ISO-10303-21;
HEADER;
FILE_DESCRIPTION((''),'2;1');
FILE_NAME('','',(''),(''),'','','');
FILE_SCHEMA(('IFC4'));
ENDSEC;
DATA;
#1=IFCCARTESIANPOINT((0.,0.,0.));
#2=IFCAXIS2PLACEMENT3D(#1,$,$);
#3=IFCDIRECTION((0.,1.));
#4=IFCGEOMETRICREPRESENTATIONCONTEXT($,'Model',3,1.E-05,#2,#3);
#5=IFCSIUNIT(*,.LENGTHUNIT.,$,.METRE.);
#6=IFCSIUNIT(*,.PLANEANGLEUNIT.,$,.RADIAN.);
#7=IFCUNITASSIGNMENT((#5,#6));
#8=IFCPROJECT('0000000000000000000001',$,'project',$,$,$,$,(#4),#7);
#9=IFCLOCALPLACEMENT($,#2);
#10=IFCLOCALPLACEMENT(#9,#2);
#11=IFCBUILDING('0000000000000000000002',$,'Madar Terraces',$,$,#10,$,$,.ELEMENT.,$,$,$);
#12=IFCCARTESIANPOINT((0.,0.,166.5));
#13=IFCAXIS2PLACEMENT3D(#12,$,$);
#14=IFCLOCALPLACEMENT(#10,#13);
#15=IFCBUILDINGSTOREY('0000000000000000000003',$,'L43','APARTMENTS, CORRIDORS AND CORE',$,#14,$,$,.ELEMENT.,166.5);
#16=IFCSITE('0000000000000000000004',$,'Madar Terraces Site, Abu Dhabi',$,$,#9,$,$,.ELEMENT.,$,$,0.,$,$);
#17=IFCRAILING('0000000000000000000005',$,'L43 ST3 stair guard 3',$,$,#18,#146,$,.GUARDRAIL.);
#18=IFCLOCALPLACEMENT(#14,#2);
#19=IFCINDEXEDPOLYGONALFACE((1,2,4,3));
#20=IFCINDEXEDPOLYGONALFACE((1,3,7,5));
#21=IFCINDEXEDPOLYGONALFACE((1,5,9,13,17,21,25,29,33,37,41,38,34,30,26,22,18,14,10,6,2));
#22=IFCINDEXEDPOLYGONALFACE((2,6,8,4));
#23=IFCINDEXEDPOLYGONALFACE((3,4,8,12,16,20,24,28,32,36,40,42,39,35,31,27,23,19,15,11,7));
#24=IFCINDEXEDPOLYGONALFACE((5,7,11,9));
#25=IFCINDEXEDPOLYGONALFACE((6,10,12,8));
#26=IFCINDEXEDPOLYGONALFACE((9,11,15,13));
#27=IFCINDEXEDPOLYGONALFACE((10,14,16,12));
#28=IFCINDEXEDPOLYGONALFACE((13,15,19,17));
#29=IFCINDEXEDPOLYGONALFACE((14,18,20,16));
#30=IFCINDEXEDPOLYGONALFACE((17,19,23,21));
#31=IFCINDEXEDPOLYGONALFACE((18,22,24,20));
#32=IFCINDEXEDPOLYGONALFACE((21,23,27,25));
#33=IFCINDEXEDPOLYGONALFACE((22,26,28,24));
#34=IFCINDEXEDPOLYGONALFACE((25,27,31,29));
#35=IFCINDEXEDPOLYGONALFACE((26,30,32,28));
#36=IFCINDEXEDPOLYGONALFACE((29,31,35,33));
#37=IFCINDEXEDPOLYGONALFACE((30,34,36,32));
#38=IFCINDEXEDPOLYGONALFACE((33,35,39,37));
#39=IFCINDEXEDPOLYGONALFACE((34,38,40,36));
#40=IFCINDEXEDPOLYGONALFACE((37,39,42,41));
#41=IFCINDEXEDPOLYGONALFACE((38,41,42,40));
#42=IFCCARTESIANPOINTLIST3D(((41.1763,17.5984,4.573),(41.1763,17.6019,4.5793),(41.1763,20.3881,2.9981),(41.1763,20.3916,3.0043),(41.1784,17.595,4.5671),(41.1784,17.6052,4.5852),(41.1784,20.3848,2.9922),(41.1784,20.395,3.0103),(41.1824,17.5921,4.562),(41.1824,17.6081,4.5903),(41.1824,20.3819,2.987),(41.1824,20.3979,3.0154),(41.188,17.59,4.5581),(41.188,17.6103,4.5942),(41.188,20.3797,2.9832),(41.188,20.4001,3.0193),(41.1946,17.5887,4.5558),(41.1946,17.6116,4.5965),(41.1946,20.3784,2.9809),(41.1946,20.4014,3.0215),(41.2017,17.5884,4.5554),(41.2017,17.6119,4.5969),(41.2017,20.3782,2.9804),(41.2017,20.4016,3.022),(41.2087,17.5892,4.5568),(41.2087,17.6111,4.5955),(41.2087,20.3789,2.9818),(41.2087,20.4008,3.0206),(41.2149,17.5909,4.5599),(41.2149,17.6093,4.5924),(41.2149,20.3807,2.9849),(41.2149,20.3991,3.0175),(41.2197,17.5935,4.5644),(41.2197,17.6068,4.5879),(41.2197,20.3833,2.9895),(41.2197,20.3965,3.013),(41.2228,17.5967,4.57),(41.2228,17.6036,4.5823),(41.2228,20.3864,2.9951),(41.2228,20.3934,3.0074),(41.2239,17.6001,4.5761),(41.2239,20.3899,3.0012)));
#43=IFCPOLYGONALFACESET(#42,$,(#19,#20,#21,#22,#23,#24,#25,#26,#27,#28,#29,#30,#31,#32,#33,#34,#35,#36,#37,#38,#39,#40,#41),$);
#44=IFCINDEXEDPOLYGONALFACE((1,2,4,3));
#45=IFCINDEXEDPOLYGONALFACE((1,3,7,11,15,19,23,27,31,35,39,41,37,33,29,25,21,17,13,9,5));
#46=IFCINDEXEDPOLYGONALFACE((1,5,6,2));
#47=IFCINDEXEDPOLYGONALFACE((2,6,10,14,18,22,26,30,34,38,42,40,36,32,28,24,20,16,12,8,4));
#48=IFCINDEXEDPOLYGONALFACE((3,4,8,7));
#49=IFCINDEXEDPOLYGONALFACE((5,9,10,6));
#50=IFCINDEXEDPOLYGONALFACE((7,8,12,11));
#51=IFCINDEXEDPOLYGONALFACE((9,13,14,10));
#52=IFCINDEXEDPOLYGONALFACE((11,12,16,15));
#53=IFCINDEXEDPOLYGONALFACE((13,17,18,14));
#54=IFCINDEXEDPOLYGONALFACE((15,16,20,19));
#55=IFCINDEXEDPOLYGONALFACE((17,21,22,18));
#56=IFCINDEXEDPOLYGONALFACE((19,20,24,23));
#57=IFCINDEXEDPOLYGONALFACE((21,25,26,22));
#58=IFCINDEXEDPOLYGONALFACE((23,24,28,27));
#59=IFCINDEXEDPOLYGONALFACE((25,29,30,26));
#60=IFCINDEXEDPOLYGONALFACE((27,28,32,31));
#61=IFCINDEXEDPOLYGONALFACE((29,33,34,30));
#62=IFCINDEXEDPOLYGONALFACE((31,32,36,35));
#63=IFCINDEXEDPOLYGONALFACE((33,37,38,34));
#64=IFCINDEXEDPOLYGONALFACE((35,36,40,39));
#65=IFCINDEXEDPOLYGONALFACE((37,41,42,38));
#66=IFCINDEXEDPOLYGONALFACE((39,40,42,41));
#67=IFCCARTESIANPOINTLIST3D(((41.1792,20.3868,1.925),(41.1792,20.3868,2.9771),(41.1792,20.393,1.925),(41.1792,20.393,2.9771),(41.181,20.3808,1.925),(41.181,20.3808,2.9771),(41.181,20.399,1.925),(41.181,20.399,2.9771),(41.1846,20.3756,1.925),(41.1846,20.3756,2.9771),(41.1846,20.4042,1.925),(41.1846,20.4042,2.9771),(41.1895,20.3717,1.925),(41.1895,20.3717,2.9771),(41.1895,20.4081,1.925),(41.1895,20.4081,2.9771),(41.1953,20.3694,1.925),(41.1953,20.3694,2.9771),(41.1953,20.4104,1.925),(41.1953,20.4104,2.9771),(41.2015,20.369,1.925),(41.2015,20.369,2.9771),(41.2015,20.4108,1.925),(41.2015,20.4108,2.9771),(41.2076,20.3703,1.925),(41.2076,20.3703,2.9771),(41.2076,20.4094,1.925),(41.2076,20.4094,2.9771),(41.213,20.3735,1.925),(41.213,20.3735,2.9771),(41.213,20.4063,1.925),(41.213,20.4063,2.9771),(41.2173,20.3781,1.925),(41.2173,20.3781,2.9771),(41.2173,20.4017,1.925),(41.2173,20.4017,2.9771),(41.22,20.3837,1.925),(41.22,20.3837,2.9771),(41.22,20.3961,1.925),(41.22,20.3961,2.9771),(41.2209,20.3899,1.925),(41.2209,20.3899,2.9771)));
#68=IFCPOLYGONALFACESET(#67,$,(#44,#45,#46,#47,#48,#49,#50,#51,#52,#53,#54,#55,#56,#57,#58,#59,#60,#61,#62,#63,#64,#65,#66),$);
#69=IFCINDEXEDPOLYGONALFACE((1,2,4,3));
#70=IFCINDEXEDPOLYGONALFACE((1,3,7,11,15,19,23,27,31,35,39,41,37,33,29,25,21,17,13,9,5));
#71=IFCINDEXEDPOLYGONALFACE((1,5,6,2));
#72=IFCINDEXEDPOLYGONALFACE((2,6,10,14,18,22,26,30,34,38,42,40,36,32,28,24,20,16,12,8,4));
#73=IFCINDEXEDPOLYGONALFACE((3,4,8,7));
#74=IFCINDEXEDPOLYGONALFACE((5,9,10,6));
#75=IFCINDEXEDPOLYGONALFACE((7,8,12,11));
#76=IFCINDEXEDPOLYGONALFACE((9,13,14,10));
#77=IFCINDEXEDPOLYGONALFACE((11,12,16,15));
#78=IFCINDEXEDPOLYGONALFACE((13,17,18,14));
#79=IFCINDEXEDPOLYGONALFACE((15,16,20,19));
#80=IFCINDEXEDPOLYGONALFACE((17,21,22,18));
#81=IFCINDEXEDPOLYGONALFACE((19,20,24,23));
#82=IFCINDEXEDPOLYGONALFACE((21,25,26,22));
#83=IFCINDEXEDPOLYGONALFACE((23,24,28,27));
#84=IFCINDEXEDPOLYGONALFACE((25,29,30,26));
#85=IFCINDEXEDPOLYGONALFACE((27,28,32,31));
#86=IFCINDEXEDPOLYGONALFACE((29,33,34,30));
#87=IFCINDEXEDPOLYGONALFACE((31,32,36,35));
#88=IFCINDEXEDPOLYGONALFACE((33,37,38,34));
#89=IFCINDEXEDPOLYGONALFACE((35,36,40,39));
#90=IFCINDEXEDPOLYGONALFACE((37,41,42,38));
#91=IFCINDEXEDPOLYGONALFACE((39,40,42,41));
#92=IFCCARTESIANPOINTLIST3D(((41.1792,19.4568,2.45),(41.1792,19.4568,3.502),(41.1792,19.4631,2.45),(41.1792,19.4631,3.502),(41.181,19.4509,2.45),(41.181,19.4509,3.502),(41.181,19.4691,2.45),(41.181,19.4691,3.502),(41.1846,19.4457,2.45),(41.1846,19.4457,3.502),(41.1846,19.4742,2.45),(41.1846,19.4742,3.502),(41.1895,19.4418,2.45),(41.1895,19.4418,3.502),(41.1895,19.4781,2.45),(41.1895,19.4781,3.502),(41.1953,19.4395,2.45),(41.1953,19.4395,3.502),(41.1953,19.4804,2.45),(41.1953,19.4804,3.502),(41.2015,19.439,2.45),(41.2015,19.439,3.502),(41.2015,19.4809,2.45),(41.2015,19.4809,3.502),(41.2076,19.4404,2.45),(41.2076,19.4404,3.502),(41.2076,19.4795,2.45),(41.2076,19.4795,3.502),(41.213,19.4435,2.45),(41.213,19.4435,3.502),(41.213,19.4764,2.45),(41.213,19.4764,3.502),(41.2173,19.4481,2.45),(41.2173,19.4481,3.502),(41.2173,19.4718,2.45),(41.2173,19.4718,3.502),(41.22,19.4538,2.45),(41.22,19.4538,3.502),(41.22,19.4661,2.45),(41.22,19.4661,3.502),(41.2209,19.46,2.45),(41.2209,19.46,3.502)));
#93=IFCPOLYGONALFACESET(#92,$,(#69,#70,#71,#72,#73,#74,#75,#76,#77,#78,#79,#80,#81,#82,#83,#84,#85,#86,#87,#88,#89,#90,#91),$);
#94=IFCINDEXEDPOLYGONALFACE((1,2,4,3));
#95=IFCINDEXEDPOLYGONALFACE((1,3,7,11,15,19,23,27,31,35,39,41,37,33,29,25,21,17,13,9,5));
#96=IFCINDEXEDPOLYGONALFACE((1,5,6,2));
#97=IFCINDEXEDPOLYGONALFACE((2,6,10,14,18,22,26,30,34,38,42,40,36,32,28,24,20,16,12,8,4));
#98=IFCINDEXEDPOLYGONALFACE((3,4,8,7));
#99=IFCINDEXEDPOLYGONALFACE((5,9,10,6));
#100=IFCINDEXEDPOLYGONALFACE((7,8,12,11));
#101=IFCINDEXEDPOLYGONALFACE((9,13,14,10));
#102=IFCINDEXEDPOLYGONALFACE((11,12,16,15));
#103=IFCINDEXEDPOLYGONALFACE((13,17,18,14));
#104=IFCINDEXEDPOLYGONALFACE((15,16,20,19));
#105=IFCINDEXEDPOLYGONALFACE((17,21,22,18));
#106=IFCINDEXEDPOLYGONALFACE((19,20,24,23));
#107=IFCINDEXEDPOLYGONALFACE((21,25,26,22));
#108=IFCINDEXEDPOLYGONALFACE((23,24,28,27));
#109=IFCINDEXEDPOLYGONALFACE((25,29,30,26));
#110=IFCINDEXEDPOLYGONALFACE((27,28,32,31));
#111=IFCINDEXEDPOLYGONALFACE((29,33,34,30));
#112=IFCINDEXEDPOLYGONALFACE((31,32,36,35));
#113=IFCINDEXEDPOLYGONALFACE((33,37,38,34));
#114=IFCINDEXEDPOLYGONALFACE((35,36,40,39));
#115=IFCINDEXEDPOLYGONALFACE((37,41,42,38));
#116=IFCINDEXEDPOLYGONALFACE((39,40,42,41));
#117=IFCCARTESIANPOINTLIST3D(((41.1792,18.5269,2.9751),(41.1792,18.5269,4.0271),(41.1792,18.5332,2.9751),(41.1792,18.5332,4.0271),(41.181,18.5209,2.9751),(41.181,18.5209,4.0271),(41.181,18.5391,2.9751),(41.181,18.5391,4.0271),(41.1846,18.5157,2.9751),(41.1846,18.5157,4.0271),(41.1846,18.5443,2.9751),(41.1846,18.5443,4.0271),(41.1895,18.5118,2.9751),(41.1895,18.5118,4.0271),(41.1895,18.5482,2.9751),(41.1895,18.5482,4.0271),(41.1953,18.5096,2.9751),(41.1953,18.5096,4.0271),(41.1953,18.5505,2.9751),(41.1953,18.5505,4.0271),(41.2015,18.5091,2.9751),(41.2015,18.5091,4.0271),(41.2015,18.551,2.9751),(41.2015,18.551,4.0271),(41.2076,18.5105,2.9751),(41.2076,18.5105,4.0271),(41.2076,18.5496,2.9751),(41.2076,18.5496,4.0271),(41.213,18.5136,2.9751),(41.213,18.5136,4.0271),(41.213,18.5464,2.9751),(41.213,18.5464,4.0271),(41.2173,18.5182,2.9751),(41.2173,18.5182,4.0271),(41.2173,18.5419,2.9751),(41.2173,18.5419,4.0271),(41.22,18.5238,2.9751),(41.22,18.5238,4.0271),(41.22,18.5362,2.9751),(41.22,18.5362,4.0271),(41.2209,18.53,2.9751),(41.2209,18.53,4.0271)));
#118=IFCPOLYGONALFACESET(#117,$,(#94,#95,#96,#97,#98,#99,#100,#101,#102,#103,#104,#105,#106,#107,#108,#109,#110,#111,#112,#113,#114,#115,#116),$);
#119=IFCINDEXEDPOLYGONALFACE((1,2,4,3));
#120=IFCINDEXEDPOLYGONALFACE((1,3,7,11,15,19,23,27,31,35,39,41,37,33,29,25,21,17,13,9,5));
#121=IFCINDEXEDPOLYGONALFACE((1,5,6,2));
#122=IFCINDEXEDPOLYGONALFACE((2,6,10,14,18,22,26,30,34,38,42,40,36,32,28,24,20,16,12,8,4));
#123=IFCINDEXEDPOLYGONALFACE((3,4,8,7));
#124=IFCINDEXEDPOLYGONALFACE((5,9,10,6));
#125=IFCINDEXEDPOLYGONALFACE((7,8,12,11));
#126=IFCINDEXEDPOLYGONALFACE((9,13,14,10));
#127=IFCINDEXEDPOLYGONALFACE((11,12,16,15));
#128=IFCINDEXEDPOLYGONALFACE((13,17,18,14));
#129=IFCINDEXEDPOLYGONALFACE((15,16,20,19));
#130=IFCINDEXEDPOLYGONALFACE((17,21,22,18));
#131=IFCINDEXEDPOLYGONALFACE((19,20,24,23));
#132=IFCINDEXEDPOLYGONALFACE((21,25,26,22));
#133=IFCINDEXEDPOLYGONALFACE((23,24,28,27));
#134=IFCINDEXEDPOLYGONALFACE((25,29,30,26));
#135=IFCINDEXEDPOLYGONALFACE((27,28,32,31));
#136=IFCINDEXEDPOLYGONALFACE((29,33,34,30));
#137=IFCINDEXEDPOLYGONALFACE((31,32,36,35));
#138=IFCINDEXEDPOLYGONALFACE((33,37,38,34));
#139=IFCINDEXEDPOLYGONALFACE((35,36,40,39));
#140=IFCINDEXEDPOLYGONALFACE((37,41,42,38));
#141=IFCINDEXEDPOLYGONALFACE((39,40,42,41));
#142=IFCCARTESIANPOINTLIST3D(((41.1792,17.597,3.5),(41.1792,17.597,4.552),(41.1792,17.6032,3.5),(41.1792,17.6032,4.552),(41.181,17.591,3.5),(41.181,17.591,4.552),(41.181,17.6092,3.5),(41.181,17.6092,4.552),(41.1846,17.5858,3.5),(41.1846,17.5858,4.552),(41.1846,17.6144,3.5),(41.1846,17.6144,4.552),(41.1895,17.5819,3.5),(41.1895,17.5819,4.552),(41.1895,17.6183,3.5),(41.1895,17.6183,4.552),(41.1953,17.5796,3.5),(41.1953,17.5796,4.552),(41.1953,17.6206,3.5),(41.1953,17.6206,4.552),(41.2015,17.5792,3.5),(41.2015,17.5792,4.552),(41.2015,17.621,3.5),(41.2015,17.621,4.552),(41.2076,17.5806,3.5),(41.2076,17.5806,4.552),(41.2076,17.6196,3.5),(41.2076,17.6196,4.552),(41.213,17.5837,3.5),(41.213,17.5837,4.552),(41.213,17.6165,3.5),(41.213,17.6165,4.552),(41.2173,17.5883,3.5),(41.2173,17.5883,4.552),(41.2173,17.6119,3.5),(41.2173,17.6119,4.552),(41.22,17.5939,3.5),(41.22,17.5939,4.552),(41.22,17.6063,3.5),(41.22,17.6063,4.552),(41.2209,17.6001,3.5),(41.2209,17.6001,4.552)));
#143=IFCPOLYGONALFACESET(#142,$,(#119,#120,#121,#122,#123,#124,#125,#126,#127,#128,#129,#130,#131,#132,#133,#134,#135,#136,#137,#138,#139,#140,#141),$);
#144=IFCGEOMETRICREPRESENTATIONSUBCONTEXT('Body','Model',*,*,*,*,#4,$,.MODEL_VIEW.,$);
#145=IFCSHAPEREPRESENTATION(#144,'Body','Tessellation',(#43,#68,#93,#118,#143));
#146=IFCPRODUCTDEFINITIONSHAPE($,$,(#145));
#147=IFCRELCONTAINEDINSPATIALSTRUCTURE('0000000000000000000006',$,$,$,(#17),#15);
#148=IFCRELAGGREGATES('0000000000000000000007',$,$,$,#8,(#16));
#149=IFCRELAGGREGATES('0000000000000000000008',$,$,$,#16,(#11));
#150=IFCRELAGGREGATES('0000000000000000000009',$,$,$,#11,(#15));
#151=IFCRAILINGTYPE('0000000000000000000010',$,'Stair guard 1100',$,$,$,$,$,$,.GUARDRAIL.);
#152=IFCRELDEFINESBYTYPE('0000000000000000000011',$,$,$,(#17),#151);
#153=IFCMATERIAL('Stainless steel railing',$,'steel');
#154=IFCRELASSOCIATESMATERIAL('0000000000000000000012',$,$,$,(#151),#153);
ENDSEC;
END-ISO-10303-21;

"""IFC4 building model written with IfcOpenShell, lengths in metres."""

from ifc_helpers import new_model, si_unit, direction, frame, origin, origin_2d, place, context, subcontext, project, spatial, circle, extrude, material, type_object, element, save


model = new_model("IFC4")

# Units and contexts
model_context = context("Model", 3, precision=1e-05, world=origin(), true_north=direction((0.0, 1.0)))
body_context = subcontext(model_context, "Body", "Model", "MODEL_VIEW")
ifc_project = project(units=[si_unit("LENGTHUNIT", "METRE"), si_unit("PLANEANGLEUNIT", "RADIAN")], contexts=[model_context])

# Site, building, storey
site_placement = place(None, origin())
site = spatial("IfcSite", under=ifc_project, at=site_placement, Name="Madar Terraces Site, Abu Dhabi", CompositionType="ELEMENT", RefElevation=0.0)
building_placement = place(site_placement, origin())
building = spatial("IfcBuilding", under=site, at=building_placement, Name="Madar Terraces", CompositionType="ELEMENT")
storey_placement = place(building_placement, frame((0.0, 0.0, 166.5)))
storey = spatial("IfcBuildingStorey", under=building, at=storey_placement, Name="L43", Description="APARTMENTS, CORRIDORS AND CORE", CompositionType="ELEMENT", Elevation=166.5)

# Railing
ifc_material_1 = material(Name="Stainless steel railing", Category="steel")
railing_type_1 = type_object("IfcRailingType", Name="Stair guard 1100", PredefinedType="GUARDRAIL", material=ifc_material_1)
railing_1_placement = place(storey_placement, frame((41.2, 20.3899, 1.925)))
element("IfcRailing", 1, at=railing_1_placement, inside=storey, type_object=railing_type_1, Name="L43 ST3 stair guard 3", PredefinedType="GUARDRAIL", context=body_context, shape_type="SweptSolid", body=[
    extrude(circle(Radius=0.0239, at=origin_2d()), frame((0.0, 0.0, 1.0762), z_axis=(0.0, -0.870815, 0.49161), x_axis=(1.0, 0.0, 0.0)), (0.0, 0.0, 1.0), 3.2036),
    extrude(circle(Radius=0.021, at=origin_2d()), origin(), (0.0, 0.0, 1.0), 1.052),
    extrude(circle(Radius=0.021, at=origin_2d()), frame((0.0, -0.9299, 0.5249)), (0.0, 0.0, 1.0), 1.052),
    extrude(circle(Radius=0.021, at=origin_2d()), frame((0.0, -1.8599, 1.05)), (0.0, 0.0, 1.0), 1.052),
    extrude(circle(Radius=0.021, at=origin_2d()), frame((0.0, -2.7898, 1.575)), (0.0, 0.0, 1.0), 1.052),
])

save(model, "model.ifc")
